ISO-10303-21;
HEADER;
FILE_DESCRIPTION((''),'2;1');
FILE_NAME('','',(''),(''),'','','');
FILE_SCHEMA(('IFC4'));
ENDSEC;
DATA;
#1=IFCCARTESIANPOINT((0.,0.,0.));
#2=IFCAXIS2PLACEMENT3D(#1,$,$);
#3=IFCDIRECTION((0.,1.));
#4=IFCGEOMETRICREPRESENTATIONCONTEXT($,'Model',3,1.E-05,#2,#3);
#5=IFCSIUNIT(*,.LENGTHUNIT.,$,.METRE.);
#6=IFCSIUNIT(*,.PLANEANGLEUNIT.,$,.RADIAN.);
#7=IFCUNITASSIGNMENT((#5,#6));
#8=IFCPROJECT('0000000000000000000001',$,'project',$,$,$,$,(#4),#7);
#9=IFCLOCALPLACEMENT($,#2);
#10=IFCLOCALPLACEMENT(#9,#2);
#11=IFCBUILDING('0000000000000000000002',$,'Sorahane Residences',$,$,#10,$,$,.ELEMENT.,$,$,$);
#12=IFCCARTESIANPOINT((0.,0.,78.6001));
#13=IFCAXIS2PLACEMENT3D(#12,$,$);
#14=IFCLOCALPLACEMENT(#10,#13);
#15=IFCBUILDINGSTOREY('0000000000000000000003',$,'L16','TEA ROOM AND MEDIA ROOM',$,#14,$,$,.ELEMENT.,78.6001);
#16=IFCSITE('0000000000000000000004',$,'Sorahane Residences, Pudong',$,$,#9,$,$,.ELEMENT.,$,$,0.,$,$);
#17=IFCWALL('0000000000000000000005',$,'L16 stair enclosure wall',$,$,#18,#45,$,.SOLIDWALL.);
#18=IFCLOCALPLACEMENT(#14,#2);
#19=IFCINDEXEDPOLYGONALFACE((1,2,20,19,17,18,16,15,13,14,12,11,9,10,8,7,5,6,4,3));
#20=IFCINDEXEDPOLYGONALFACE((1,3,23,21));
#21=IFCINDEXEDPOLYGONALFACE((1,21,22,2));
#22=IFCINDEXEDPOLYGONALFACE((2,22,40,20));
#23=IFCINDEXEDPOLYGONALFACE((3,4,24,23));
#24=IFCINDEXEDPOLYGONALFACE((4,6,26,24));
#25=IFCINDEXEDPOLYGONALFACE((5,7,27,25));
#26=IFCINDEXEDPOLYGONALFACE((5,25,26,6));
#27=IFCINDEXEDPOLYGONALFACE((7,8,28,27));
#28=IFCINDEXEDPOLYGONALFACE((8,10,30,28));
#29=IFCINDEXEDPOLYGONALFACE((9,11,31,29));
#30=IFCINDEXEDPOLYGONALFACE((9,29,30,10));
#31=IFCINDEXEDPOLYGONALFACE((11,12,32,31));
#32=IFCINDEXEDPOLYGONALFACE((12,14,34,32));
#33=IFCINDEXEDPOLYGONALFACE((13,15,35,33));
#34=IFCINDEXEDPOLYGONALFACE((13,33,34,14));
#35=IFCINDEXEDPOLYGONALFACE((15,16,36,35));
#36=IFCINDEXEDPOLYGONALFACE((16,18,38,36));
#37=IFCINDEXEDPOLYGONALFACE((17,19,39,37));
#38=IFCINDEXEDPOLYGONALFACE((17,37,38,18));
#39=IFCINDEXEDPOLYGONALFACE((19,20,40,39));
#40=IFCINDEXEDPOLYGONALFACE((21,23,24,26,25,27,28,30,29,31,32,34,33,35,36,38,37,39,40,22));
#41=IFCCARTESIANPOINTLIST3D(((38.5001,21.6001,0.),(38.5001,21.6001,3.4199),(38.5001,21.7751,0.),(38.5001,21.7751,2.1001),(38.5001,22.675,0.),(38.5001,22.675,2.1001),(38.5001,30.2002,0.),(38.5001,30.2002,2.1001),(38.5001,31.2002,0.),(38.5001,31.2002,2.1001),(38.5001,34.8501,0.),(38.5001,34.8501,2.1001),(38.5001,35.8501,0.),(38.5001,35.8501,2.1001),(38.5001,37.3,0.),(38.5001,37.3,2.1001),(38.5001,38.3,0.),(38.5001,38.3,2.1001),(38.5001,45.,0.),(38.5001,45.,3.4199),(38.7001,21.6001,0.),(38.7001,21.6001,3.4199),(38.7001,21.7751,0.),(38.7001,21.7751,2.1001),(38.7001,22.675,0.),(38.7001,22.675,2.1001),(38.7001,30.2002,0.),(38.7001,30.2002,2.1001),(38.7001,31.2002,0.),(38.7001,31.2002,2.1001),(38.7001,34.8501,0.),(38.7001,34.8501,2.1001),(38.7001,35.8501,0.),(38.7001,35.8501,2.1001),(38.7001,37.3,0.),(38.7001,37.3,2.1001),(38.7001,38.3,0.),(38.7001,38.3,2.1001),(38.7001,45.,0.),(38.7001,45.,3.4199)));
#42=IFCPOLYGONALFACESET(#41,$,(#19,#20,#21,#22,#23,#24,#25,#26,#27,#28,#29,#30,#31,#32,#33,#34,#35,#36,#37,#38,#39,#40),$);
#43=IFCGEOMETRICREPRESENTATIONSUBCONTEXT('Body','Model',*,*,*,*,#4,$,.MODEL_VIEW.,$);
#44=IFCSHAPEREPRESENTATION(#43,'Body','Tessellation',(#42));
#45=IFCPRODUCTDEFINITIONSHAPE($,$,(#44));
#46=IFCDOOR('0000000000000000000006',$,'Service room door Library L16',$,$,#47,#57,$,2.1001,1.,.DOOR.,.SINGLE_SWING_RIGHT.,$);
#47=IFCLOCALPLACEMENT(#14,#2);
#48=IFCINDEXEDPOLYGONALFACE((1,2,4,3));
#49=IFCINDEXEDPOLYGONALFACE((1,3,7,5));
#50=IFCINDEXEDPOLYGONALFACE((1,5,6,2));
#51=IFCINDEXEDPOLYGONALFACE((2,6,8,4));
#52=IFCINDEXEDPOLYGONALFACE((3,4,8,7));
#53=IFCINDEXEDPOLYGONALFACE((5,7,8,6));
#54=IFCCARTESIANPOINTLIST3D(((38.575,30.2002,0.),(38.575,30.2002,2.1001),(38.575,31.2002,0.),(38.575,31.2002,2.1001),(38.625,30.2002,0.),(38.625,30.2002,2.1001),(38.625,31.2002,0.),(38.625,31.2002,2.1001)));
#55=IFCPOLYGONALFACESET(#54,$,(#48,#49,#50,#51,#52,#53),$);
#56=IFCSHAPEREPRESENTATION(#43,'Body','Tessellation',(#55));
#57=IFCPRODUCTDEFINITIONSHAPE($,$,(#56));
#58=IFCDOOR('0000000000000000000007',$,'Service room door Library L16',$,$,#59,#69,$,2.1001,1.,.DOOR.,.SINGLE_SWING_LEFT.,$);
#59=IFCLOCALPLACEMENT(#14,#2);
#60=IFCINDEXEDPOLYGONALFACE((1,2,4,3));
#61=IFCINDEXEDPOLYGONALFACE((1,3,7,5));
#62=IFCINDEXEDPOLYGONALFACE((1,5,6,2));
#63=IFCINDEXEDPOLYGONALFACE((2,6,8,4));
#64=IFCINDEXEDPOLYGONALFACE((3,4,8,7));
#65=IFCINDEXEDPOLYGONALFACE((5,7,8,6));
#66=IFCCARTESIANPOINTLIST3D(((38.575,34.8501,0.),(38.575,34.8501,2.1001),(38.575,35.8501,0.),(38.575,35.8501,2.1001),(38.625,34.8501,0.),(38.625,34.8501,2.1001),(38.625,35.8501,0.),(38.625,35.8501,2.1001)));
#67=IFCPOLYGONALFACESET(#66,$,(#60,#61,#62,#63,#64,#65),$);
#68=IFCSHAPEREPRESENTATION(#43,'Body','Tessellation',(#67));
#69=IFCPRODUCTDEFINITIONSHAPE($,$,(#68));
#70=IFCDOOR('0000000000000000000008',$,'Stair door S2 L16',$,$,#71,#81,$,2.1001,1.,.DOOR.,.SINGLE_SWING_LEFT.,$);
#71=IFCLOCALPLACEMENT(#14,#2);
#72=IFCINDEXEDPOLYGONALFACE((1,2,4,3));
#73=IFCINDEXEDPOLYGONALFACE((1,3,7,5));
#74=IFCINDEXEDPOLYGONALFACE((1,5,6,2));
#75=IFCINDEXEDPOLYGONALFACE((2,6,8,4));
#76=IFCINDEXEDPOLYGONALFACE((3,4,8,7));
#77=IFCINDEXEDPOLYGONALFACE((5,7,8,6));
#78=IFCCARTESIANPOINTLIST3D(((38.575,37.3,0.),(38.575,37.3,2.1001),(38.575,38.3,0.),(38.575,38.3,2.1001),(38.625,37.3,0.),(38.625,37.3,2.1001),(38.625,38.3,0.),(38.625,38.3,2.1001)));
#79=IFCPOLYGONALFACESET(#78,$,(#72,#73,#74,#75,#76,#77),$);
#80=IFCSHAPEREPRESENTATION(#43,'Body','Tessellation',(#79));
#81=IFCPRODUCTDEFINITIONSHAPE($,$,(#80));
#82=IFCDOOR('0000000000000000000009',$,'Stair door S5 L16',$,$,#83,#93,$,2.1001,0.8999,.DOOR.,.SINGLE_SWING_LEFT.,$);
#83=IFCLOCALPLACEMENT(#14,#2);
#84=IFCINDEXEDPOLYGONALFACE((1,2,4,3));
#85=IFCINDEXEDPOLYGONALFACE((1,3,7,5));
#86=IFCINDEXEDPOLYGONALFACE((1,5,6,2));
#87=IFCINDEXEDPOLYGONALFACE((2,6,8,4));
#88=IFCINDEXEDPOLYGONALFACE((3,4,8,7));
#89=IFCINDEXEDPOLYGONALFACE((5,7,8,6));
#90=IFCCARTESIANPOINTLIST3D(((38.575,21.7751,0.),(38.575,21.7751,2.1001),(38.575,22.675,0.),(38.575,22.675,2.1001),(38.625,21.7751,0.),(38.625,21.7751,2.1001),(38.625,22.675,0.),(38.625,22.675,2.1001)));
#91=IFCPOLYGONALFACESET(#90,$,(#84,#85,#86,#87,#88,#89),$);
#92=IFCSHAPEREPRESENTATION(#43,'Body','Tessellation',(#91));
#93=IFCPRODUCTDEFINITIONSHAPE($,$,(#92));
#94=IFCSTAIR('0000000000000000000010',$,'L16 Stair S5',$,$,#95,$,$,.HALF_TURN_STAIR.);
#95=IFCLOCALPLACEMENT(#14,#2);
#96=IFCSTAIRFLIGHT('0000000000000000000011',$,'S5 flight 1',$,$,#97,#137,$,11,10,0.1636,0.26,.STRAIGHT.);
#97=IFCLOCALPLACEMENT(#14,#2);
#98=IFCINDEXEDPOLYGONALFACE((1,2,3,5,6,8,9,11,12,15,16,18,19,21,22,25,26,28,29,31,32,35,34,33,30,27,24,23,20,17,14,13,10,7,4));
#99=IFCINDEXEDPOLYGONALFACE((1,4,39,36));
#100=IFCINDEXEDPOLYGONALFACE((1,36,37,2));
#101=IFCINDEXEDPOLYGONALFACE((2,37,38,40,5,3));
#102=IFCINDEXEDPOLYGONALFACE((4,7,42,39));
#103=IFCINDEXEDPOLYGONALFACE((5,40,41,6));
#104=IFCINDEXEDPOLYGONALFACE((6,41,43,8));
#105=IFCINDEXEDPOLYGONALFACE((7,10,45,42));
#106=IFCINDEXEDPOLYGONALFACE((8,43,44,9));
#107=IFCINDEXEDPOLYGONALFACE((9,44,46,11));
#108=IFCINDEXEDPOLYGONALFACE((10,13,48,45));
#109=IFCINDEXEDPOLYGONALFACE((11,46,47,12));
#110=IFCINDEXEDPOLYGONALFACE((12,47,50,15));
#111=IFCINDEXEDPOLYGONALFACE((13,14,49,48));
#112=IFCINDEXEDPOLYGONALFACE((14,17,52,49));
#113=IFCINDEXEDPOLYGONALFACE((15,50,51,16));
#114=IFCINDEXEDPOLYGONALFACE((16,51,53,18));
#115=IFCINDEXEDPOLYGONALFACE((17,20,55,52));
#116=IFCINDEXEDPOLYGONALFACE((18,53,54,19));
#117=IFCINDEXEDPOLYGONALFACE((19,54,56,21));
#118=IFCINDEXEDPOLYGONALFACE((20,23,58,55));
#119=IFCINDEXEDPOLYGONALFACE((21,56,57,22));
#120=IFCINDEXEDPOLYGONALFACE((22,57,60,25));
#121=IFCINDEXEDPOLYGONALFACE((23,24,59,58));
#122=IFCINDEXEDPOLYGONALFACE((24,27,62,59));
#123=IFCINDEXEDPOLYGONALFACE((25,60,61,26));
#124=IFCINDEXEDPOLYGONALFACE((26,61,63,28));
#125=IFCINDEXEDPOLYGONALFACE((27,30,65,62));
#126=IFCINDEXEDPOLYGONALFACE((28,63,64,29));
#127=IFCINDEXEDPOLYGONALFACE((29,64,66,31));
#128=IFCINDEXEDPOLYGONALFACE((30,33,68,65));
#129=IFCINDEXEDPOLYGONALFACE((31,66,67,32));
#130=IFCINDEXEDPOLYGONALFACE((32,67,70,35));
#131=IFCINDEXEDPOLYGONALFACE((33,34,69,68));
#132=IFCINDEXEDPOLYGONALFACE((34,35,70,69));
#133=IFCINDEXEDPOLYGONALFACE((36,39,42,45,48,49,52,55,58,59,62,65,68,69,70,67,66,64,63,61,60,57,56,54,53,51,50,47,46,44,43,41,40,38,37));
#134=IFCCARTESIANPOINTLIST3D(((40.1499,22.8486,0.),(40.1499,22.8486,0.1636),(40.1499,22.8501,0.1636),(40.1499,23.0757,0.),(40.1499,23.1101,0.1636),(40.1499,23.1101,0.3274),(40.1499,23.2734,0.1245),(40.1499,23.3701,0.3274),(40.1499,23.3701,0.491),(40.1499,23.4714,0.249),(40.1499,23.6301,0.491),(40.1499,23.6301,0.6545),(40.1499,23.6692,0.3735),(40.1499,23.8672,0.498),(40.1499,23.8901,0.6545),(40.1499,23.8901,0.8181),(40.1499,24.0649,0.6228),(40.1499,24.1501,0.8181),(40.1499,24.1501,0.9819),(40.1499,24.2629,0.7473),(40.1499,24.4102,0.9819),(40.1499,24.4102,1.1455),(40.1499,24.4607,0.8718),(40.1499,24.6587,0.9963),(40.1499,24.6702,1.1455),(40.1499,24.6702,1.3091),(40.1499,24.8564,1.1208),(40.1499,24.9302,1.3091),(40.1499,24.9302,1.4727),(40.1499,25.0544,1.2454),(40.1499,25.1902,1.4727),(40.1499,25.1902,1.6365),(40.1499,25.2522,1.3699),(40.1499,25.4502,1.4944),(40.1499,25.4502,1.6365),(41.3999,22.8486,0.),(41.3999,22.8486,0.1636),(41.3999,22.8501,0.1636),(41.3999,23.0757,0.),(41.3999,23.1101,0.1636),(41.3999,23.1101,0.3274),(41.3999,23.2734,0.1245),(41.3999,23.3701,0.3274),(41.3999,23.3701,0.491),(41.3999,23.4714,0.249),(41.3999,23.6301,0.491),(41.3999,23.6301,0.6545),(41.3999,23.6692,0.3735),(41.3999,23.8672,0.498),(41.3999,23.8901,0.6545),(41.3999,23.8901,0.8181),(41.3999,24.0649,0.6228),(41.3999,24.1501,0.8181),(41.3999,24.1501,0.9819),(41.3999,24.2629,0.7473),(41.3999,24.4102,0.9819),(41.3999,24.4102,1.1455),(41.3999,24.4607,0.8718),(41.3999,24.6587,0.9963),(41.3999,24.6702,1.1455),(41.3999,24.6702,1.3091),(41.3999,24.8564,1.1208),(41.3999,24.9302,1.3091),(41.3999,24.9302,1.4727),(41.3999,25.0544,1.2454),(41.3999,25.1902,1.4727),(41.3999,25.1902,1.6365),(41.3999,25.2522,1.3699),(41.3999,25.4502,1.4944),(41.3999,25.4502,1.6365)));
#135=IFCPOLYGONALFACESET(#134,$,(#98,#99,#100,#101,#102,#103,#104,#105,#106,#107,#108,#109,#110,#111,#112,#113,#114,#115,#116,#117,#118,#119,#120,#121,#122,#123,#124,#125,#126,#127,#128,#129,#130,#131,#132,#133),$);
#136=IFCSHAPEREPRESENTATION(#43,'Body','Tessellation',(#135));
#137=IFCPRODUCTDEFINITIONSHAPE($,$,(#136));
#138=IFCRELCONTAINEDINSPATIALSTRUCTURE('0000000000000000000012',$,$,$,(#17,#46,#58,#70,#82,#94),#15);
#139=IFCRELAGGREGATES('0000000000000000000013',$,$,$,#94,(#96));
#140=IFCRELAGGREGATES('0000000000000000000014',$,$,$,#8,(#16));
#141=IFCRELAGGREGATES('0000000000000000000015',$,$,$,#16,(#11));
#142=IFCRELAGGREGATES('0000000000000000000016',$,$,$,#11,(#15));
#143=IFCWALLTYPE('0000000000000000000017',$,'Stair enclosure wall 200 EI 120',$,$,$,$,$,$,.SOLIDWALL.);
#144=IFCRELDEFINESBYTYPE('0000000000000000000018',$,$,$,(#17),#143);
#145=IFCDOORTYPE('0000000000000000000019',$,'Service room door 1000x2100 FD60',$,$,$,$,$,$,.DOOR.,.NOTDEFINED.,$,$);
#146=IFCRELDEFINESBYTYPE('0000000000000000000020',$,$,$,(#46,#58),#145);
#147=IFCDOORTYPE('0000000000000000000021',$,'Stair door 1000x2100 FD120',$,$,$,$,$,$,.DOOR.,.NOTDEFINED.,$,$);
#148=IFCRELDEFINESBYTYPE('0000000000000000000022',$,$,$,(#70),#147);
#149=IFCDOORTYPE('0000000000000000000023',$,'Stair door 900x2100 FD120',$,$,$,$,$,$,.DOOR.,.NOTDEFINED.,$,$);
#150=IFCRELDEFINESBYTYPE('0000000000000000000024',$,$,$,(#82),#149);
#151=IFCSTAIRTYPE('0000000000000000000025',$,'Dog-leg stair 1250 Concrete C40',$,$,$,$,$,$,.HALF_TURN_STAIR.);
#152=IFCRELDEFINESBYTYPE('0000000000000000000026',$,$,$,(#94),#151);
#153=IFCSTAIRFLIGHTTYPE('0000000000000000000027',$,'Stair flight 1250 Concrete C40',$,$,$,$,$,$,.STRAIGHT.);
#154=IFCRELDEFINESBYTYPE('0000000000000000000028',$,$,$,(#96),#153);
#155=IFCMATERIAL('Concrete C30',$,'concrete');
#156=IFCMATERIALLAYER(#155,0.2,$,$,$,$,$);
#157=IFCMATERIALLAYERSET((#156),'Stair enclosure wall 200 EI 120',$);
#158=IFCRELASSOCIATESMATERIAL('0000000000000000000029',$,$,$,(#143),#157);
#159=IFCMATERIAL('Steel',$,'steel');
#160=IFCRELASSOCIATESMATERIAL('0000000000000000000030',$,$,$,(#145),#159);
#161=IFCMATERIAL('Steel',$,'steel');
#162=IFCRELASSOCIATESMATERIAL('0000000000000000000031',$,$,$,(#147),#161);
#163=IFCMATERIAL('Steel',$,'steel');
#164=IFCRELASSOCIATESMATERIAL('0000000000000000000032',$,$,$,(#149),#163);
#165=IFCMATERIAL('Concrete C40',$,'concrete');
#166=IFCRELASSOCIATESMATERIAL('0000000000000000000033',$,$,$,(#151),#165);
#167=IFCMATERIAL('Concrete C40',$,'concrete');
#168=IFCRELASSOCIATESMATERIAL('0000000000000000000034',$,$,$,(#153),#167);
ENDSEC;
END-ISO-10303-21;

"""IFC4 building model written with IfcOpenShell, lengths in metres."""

from ifc_helpers import new_model, si_unit, direction, frame, frame_2d, origin, place, context, subcontext, project, spatial, polyline, rectangle, outline, extrude, material, layer, layer_set, type_object, element, fill, aggregate, save


model = new_model("IFC4")

# Units and contexts
model_context = context("Model", 3, precision=1e-05, world=origin(), true_north=direction((0.0, 1.0)))
body_context = subcontext(model_context, "Body", "Model", "MODEL_VIEW")
ifc_project = project(units=[si_unit("LENGTHUNIT", "METRE"), si_unit("PLANEANGLEUNIT", "RADIAN")], contexts=[model_context])

# Site, building, storey
site_placement = place(None, origin())
site = spatial("IfcSite", under=ifc_project, at=site_placement, Name="Sorahane Residences, Pudong", CompositionType="ELEMENT", RefElevation=0.0)
building_placement = place(site_placement, origin())
building = spatial("IfcBuilding", under=site, at=building_placement, Name="Sorahane Residences", CompositionType="ELEMENT")
storey_placement = place(building_placement, frame((0.0, 0.0, 78.6001)))
storey = spatial("IfcBuildingStorey", under=building, at=storey_placement, Name="L16", Description="TEA ROOM AND MEDIA ROOM", CompositionType="ELEMENT", Elevation=78.6001)

# Wall, openings, doors
ifc_material_1 = material(Name="Concrete C30", Category="concrete")
ifc_layer_1 = layer(ifc_material_1, 0.2)
ifc_layer_set_1 = layer_set([ifc_layer_1], Name="Stair enclosure wall 200 EI 120")
wall_type_1 = type_object("IfcWallType", Name="Stair enclosure wall 200 EI 120", PredefinedType="SOLIDWALL", material=ifc_layer_set_1)
wall_1_placement = place(storey_placement, frame((38.6001, 21.6001, 0.0), z_axis=(0.0, 0.0, 1.0), x_axis=(0.0, 1.0, 0.0)))
wall_1 = element("IfcWall", 1, at=wall_1_placement, inside=storey, type_object=wall_type_1, Name="L16 stair enclosure wall", PredefinedType="SOLIDWALL", context=body_context, shape_type="SweptSolid", body=[
    extrude(rectangle(XDim=23.3999, YDim=0.2, at=frame_2d((11.7, 0.0))), origin(), (0.0, 0.0, 1.0), 3.4199),
])
opening_1_placement = place(wall_1_placement, frame((8.6001, 0.0, 0.0)))
opening_1 = element("IfcOpeningElement", 2, at=opening_1_placement, cuts=wall_1, PredefinedType="OPENING", context=body_context, shape_type="SweptSolid", body=[
    extrude(rectangle(XDim=1.0, YDim=2.1001, at=frame_2d((0.5, 1.05))), frame((0.0, 0.1099, 0.0), z_axis=(0.0, -1.0, 0.0), x_axis=(1.0, 0.0, 0.0)), (0.0, 0.0, 1.0), 0.22),
])
opening_2_placement = place(wall_1_placement, frame((13.25, 0.0, 0.0)))
opening_2 = element("IfcOpeningElement", 3, at=opening_2_placement, cuts=wall_1, PredefinedType="OPENING", context=body_context, shape_type="SweptSolid", body=[
    extrude(rectangle(XDim=1.0, YDim=2.1001, at=frame_2d((0.5, 1.05))), frame((0.0, 0.1099, 0.0), z_axis=(0.0, -1.0, 0.0), x_axis=(1.0, 0.0, 0.0)), (0.0, 0.0, 1.0), 0.22),
])
opening_3_placement = place(wall_1_placement, frame((15.7, 0.0, 0.0)))
opening_3 = element("IfcOpeningElement", 4, at=opening_3_placement, cuts=wall_1, PredefinedType="OPENING", context=body_context, shape_type="SweptSolid", body=[
    extrude(rectangle(XDim=1.0, YDim=2.1001, at=frame_2d((0.5, 1.05))), frame((0.0, 0.1099, 0.0), z_axis=(0.0, -1.0, 0.0), x_axis=(1.0, 0.0, 0.0)), (0.0, 0.0, 1.0), 0.22),
])
opening_4_placement = place(wall_1_placement, frame((0.175, 0.0, 0.0)))
opening_4 = element("IfcOpeningElement", 5, at=opening_4_placement, cuts=wall_1, PredefinedType="OPENING", context=body_context, shape_type="SweptSolid", body=[
    extrude(rectangle(XDim=0.8999, YDim=2.1001, at=frame_2d((0.45, 1.05))), frame((0.0, 0.1099, 0.0), z_axis=(0.0, -1.0, 0.0), x_axis=(1.0, 0.0, 0.0)), (0.0, 0.0, 1.0), 0.22),
])
ifc_material_2 = material(Name="Steel", Category="steel")
door_type_1 = type_object("IfcDoorType", Name="Service room door 1000x2100 FD60", OperationType="NOTDEFINED", PredefinedType="DOOR", material=ifc_material_2)
door_1_placement = place(opening_1_placement, frame((1.0, 0.0, 0.0), z_axis=(0.0, 0.0, 1.0), x_axis=(-1.0, 0.0, 0.0)))
door_1 = element("IfcDoor", 6, at=door_1_placement, inside=storey, type_object=door_type_1, Name="Service room door Library L16", OperationType="SINGLE_SWING_RIGHT", OverallHeight=2.1001, OverallWidth=1.0, PredefinedType="DOOR", context=body_context, shape_type="SweptSolid", body=[
    extrude(rectangle(XDim=1.0, YDim=2.1001, at=frame_2d((0.5, 1.05))), frame((0.0, 0.0249, 0.0), z_axis=(0.0, -1.0, 0.0), x_axis=(1.0, 0.0, 0.0)), (0.0, 0.0, 1.0), 0.05),
])
fill(opening_1, door_1)
door_2_placement = place(opening_2_placement, frame((1.0, 0.0, 0.0), z_axis=(0.0, 0.0, 1.0), x_axis=(-1.0, 0.0, 0.0)))
door_2 = element("IfcDoor", 7, at=door_2_placement, inside=storey, type_object=door_type_1, Name="Service room door Library L16", OperationType="SINGLE_SWING_LEFT", OverallHeight=2.1001, OverallWidth=1.0, PredefinedType="DOOR", context=body_context, shape_type="SweptSolid", body=[
    extrude(rectangle(XDim=1.0, YDim=2.1001, at=frame_2d((0.5, 1.05))), frame((0.0, 0.0249, 0.0), z_axis=(0.0, -1.0, 0.0), x_axis=(1.0, 0.0, 0.0)), (0.0, 0.0, 1.0), 0.05),
])
fill(opening_2, door_2)
ifc_material_3 = material(Name="Steel", Category="steel")
door_type_2 = type_object("IfcDoorType", Name="Stair door 1000x2100 FD120", OperationType="NOTDEFINED", PredefinedType="DOOR", material=ifc_material_3)
door_3_placement = place(opening_3_placement, frame((1.0, 0.0, 0.0), z_axis=(0.0, 0.0, 1.0), x_axis=(-1.0, 0.0, 0.0)))
door_3 = element("IfcDoor", 8, at=door_3_placement, inside=storey, type_object=door_type_2, Name="Stair door S2 L16", OperationType="SINGLE_SWING_LEFT", OverallHeight=2.1001, OverallWidth=1.0, PredefinedType="DOOR", context=body_context, shape_type="SweptSolid", body=[
    extrude(rectangle(XDim=1.0, YDim=2.1001, at=frame_2d((0.5, 1.05))), frame((0.0, 0.0249, 0.0), z_axis=(0.0, -1.0, 0.0), x_axis=(1.0, 0.0, 0.0)), (0.0, 0.0, 1.0), 0.05),
])
fill(opening_3, door_3)
ifc_material_4 = material(Name="Steel", Category="steel")
door_type_3 = type_object("IfcDoorType", Name="Stair door 900x2100 FD120", OperationType="NOTDEFINED", PredefinedType="DOOR", material=ifc_material_4)
door_4_placement = place(opening_4_placement, frame((0.8999, 0.0, 0.0), z_axis=(0.0, 0.0, 1.0), x_axis=(-1.0, 0.0, 0.0)))
door_4 = element("IfcDoor", 9, at=door_4_placement, inside=storey, type_object=door_type_3, Name="Stair door S5 L16", OperationType="SINGLE_SWING_LEFT", OverallHeight=2.1001, OverallWidth=0.8999, PredefinedType="DOOR", context=body_context, shape_type="SweptSolid", body=[
    extrude(rectangle(XDim=0.8999, YDim=2.1001, at=frame_2d((0.45, 1.05))), frame((0.0, 0.0249, 0.0), z_axis=(0.0, -1.0, 0.0), x_axis=(1.0, 0.0, 0.0)), (0.0, 0.0, 1.0), 0.05),
])
fill(opening_4, door_4)

# Stair, stair flight
ifc_material_5 = material(Name="Concrete C40", Category="concrete")
stair_type = type_object("IfcStairType", Name="Dog-leg stair 1250 Concrete C40", PredefinedType="HALF_TURN_STAIR", material=ifc_material_5)
stair_placement = place(storey_placement, origin())
stair = element("IfcStair", 10, at=stair_placement, inside=storey, type_object=stair_type, Name="L16 Stair S5", PredefinedType="HALF_TURN_STAIR")
ifc_material_6 = material(Name="Concrete C40", Category="concrete")
stair_flight_type = type_object("IfcStairFlightType", Name="Stair flight 1250 Concrete C40", PredefinedType="STRAIGHT", material=ifc_material_6)
stair_flight_1_placement = place(storey_placement, frame((40.7749, 22.8501, 0.0), z_axis=(0.0, 0.0, 1.0), x_axis=(0.0, 1.0, 0.0)))
stair_flight_1 = element("IfcStairFlight", 11, at=stair_flight_1_placement, type_object=stair_flight_type, Name="S5 flight 1", NumberOfRisers=11, NumberOfTreads=10, PredefinedType="STRAIGHT", RiserHeight=0.1636, TreadLength=0.26, context=body_context, shape_type="SweptSolid", body=[
    extrude(outline(polyline([(-0.0015, 0.0), (-0.0015, 0.1636), (0.0, 0.1636), (0.26, 0.1636), (0.26, 0.3274), (0.52, 0.3274), (0.52, 0.491), (0.78, 0.491), (0.78, 0.6545), (1.04, 0.6545), (1.04, 0.8181), (1.3, 0.8181), (1.3, 0.9819), (1.5601, 0.9819), (1.5601, 1.1455), (1.8201, 1.1455), (1.8201, 1.3091), (2.0801, 1.3091), (2.0801, 1.4727), (2.3401, 1.4727), (2.3401, 1.6365), (2.6001, 1.6365), (2.6001, 1.8), (2.6001, 1.4944), (2.4021, 1.3699), (2.2043, 1.2454), (2.0063, 1.1208), (1.8086, 0.9963), (1.6106, 0.8718), (1.4128, 0.7473), (1.2148, 0.6228), (1.0171, 0.498), (0.8191, 0.3735), (0.6213, 0.249), (0.4233, 0.1245), (0.2256, 0.0), (-0.0015, 0.0)])), frame((0.0, 0.625, 0.0), z_axis=(0.0, -1.0, 0.0), x_axis=(1.0, 0.0, 0.0)), (0.0, 0.0, 1.0), 1.25),
])
aggregate(stair, [stair_flight_1])

save(model, "model.ifc")
